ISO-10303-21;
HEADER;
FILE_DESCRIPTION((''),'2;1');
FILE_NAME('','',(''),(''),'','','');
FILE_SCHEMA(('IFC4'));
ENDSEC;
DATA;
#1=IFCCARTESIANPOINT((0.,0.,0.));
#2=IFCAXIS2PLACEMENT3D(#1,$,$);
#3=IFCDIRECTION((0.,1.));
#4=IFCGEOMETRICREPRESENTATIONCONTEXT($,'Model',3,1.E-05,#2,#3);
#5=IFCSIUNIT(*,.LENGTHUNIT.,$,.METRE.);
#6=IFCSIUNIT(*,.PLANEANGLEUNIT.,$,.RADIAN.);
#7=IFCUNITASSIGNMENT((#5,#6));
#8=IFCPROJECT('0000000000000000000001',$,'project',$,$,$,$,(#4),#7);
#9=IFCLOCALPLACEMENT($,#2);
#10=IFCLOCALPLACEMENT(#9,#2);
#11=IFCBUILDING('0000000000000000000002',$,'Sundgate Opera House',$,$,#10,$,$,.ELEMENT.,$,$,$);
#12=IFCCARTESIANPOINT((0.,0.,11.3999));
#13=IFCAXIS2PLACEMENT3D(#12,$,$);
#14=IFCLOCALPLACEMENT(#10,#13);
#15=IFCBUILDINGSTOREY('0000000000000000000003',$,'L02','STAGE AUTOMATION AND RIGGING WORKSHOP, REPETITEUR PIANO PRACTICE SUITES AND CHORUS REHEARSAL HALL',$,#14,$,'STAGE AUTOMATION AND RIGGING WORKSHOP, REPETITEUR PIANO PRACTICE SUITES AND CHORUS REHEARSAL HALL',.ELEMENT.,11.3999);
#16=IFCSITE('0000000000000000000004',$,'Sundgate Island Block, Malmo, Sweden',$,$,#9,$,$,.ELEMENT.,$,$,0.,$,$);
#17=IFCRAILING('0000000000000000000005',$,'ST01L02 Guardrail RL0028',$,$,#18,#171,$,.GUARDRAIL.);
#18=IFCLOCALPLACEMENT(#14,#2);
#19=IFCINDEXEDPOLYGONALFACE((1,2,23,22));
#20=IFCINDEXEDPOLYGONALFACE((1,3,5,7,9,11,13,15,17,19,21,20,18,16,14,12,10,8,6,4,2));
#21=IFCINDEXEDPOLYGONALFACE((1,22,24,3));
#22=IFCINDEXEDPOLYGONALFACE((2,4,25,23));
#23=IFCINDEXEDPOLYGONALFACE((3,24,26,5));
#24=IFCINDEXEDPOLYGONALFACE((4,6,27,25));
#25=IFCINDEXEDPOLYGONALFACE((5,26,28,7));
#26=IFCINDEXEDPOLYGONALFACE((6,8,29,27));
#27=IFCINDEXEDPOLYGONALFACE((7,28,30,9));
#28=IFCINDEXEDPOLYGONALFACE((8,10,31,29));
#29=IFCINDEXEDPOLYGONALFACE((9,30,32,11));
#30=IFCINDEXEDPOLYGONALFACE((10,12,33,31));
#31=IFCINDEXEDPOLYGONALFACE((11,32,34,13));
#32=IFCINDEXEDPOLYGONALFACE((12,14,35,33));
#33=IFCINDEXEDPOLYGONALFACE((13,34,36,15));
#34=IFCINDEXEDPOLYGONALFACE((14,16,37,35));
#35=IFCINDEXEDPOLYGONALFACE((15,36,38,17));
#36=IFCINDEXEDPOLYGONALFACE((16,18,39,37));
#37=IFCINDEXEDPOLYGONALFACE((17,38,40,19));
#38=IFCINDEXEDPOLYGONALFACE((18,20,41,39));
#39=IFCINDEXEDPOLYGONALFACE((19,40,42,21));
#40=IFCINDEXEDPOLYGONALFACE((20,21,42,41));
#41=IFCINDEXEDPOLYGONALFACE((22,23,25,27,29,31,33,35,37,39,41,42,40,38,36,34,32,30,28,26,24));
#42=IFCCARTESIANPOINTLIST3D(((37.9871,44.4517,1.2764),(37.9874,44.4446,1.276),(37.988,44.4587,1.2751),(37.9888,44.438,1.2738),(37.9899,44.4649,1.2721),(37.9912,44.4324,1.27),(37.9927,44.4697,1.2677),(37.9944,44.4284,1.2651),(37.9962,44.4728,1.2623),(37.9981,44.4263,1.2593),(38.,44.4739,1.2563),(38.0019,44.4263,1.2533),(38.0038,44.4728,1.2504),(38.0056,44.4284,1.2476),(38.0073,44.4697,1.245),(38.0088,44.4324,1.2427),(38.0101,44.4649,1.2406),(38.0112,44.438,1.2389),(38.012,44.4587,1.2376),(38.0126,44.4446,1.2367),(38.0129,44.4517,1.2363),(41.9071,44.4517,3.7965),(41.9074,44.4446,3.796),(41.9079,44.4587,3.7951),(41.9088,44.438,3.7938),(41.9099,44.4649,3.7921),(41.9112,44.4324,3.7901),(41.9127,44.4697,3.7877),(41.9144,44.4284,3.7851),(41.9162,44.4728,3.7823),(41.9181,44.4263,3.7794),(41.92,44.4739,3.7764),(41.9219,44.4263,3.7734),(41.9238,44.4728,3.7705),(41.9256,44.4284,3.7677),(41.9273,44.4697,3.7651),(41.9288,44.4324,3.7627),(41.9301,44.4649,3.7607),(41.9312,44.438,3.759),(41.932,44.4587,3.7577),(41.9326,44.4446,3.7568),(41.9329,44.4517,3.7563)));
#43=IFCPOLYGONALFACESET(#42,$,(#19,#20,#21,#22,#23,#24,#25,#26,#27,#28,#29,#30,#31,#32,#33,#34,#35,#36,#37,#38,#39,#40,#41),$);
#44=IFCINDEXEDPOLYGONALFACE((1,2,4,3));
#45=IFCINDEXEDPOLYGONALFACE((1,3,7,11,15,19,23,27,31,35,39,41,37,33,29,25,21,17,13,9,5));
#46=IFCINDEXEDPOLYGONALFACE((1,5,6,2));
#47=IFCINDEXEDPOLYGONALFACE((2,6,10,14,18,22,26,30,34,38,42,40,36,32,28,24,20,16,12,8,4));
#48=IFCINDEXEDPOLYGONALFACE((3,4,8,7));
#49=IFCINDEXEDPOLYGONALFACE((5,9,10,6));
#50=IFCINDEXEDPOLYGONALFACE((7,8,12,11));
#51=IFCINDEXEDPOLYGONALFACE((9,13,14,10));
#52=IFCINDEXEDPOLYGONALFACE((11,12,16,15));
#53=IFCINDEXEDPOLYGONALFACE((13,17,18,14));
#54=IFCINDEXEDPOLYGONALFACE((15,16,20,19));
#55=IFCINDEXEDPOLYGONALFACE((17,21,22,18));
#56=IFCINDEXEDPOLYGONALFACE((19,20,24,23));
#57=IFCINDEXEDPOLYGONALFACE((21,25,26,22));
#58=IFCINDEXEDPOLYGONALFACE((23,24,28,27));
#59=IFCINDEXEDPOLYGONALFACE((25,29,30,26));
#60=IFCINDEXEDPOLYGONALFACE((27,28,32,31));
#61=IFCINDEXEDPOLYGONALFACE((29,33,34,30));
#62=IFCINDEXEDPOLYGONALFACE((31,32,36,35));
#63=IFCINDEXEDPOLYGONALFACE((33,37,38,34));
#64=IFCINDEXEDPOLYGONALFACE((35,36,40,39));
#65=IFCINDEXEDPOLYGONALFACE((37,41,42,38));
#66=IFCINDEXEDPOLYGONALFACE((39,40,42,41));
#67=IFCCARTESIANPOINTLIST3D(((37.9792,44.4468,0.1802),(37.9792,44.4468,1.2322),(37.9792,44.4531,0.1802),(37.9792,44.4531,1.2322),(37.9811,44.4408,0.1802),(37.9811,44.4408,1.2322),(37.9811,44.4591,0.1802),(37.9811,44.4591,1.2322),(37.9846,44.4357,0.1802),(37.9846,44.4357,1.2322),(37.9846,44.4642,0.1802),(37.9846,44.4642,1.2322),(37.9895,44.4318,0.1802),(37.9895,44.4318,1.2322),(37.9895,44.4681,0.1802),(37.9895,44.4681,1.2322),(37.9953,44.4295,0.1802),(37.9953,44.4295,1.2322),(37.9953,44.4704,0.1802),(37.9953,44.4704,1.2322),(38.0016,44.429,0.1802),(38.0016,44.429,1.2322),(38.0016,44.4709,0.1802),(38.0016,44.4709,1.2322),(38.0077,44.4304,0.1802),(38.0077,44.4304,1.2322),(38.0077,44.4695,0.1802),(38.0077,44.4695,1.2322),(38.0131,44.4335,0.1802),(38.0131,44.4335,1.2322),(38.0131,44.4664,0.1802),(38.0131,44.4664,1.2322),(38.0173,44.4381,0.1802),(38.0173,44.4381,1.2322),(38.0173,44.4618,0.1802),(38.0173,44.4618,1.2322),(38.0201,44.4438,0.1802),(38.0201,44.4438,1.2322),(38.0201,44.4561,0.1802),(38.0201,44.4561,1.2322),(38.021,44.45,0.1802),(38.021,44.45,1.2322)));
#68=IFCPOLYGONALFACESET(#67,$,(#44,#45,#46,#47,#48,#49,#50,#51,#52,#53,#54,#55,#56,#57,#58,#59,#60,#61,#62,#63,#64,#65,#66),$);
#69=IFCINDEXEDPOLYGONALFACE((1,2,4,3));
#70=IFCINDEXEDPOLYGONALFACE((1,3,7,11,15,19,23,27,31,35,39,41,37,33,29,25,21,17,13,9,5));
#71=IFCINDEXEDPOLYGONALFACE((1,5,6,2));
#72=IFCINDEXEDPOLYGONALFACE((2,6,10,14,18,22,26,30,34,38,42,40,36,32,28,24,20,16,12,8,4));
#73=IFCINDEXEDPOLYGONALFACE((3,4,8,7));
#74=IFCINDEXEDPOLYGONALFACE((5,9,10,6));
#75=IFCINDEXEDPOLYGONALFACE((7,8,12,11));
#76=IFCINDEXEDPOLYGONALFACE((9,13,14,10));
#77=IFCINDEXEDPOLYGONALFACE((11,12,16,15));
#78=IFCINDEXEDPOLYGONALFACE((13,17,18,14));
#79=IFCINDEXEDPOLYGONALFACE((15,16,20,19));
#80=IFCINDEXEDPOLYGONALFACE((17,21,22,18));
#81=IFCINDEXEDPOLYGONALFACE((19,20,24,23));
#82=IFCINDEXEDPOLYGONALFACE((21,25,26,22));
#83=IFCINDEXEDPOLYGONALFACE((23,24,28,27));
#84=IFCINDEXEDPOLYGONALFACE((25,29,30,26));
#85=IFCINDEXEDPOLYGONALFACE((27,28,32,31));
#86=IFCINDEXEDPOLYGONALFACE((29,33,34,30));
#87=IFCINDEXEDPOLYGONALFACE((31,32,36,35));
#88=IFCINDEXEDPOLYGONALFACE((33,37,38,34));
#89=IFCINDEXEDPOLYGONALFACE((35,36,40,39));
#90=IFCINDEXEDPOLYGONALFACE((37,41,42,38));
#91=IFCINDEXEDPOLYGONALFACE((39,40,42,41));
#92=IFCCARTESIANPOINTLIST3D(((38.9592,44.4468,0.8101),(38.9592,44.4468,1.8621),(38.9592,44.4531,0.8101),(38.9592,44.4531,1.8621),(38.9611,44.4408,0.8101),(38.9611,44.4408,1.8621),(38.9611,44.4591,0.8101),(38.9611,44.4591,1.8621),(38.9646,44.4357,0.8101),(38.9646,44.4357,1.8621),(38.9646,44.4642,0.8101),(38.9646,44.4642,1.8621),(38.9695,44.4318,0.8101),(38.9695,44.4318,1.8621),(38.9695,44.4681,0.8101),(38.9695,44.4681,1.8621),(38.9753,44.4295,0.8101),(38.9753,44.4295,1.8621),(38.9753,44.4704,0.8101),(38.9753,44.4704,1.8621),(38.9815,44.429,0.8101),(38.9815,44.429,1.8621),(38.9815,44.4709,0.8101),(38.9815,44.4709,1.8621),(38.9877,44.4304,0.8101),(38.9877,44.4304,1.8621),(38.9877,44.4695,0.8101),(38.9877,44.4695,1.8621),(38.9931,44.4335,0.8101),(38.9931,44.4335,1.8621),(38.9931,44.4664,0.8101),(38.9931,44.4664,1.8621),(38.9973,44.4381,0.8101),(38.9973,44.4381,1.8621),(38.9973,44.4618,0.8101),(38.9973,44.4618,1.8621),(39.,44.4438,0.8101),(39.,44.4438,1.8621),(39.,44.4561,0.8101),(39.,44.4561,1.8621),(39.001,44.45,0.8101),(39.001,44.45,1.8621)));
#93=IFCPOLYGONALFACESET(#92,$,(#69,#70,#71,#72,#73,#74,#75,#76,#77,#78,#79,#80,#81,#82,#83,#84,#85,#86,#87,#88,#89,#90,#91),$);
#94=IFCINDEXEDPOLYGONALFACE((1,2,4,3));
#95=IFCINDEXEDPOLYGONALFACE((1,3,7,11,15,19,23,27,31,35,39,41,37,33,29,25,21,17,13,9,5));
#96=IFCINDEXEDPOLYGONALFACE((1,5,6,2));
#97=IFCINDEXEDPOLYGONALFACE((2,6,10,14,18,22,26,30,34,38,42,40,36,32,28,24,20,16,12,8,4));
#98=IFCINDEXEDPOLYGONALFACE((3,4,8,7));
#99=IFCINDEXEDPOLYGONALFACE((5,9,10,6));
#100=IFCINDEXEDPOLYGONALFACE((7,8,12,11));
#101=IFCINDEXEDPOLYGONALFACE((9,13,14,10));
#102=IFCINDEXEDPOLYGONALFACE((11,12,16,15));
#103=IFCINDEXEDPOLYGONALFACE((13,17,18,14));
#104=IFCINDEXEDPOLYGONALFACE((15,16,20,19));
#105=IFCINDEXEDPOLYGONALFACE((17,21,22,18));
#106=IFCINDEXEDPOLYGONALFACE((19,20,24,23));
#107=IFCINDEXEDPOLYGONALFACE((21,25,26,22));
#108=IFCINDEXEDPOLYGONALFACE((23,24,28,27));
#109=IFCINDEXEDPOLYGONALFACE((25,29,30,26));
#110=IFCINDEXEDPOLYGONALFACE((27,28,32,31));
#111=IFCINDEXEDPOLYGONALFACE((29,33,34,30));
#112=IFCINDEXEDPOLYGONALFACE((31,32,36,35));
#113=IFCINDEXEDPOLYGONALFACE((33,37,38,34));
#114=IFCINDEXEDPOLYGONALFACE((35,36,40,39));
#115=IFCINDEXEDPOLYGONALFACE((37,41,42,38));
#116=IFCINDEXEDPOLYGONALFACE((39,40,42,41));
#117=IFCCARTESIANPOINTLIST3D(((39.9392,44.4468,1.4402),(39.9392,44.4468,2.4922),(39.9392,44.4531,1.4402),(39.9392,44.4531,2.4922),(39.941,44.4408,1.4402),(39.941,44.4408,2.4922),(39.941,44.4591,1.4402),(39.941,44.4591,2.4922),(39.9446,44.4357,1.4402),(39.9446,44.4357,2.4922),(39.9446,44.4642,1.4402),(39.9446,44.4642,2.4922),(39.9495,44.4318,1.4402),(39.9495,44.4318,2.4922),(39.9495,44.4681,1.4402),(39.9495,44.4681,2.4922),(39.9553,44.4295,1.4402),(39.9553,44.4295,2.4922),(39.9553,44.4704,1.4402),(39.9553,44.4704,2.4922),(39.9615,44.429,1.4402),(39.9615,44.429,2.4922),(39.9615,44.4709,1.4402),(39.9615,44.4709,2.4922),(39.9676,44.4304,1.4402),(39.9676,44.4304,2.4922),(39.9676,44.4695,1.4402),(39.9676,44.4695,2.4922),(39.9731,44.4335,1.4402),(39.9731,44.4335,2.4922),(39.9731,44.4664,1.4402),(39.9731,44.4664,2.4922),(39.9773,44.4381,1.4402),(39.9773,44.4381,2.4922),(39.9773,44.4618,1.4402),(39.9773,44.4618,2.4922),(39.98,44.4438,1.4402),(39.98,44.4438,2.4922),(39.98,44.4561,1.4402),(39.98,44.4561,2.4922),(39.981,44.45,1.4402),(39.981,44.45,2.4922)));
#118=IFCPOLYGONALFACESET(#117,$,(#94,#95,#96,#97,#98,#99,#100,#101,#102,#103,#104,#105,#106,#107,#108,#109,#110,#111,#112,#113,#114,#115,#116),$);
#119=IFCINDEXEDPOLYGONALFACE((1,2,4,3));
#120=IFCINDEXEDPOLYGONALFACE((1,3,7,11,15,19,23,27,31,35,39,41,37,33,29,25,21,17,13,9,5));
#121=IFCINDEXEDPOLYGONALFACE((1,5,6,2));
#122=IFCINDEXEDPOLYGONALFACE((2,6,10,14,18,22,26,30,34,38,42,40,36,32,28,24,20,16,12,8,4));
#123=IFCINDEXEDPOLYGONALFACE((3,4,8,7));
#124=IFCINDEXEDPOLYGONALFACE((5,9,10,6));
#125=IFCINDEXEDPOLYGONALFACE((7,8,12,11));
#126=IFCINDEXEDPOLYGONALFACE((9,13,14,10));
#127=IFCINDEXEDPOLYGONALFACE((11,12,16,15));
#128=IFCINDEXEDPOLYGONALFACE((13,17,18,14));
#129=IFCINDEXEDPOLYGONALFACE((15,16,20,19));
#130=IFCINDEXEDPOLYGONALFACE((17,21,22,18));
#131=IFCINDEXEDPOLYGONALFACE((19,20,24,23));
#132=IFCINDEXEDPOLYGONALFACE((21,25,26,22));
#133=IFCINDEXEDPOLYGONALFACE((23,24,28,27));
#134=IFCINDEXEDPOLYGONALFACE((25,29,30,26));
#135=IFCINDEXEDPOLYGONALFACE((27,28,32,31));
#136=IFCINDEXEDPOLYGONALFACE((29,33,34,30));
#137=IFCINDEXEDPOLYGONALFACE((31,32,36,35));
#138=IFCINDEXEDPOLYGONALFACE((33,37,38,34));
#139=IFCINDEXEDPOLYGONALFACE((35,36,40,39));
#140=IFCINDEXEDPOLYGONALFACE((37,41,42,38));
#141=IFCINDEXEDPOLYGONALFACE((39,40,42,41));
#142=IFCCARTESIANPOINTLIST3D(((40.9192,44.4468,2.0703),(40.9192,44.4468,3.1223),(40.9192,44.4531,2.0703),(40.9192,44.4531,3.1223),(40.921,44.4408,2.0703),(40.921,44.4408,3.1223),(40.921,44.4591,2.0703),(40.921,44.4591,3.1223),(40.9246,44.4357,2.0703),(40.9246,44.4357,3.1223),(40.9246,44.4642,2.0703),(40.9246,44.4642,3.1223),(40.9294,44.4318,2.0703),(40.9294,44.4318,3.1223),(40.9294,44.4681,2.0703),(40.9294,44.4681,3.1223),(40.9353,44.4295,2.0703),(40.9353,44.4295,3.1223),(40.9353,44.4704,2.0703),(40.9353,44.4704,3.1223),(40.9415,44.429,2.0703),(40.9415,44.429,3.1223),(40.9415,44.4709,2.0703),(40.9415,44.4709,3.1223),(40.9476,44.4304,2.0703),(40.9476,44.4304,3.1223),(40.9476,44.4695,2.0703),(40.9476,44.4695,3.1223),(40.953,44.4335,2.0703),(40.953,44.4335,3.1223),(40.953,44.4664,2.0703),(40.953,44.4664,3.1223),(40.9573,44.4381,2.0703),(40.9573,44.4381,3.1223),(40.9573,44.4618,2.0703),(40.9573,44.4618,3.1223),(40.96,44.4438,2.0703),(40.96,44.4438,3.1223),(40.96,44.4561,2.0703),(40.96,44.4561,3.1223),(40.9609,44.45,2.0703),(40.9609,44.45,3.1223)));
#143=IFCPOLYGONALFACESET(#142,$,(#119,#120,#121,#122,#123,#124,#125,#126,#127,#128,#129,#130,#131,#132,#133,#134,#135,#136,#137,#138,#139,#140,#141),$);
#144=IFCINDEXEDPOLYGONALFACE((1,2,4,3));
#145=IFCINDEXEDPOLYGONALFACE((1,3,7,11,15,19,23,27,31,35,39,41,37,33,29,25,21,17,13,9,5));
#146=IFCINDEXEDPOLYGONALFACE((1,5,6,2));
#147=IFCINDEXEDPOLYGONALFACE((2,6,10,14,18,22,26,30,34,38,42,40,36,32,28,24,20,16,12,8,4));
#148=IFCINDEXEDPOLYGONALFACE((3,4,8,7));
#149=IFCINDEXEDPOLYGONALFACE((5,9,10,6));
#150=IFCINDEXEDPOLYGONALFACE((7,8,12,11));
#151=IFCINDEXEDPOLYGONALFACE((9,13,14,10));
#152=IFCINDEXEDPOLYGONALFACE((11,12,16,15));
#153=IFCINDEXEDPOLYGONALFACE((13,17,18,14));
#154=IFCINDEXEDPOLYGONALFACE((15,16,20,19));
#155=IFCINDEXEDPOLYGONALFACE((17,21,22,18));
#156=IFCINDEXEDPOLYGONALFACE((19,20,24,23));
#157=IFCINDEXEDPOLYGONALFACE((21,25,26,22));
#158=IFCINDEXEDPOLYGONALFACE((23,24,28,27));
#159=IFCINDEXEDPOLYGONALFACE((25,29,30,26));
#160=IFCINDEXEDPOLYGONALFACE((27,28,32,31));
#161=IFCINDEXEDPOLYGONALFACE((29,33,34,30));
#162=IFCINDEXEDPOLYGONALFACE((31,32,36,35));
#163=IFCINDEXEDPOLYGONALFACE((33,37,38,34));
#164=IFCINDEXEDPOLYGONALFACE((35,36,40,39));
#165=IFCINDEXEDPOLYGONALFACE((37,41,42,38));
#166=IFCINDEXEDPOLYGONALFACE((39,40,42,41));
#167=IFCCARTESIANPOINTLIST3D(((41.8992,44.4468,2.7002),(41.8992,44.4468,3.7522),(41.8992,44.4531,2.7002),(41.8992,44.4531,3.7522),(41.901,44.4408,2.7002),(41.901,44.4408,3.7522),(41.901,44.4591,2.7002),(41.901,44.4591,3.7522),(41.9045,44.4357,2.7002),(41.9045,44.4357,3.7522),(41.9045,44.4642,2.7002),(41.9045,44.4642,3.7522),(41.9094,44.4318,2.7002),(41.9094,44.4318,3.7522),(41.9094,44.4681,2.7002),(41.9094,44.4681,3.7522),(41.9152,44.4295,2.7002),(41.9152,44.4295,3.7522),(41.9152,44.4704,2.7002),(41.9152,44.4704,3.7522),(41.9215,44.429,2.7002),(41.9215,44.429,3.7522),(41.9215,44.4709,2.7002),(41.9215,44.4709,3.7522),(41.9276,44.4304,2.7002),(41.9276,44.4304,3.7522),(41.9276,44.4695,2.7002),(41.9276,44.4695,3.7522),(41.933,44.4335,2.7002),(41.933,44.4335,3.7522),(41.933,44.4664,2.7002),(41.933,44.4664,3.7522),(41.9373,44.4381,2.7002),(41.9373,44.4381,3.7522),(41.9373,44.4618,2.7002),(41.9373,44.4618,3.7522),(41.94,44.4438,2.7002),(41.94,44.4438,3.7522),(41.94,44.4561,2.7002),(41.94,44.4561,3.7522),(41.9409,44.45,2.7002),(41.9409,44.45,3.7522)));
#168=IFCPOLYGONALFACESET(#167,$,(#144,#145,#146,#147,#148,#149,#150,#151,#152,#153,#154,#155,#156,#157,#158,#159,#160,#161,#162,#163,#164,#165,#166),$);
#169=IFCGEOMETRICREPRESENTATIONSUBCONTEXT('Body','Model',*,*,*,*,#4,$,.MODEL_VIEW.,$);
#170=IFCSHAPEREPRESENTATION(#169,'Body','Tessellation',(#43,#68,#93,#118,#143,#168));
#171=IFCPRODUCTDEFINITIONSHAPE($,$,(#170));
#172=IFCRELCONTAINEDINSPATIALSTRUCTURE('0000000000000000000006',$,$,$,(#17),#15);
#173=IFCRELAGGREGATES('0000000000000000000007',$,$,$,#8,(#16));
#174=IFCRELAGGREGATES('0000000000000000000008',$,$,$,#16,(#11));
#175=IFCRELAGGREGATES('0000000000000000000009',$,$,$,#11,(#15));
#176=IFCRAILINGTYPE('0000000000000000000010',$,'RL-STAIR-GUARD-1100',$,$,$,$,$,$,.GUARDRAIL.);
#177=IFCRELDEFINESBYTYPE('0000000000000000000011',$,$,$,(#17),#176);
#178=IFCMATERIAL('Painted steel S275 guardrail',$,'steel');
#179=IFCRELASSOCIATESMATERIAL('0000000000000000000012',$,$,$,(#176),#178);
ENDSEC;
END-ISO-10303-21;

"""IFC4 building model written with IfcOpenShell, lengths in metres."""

from ifc_helpers import new_model, si_unit, direction, frame, origin, origin_2d, place, context, subcontext, project, spatial, circle, extrude, material, type_object, element, save


model = new_model("IFC4")

# Units and contexts
model_context = context("Model", 3, precision=1e-05, world=origin(), true_north=direction((0.0, 1.0)))
body_context = subcontext(model_context, "Body", "Model", "MODEL_VIEW")
ifc_project = project(units=[si_unit("LENGTHUNIT", "METRE"), si_unit("PLANEANGLEUNIT", "RADIAN")], contexts=[model_context])

# Site, building, storey
site_placement = place(None, origin())
site = spatial("IfcSite", under=ifc_project, at=site_placement, Name="Sundgate Island Block, Malmo, Sweden", CompositionType="ELEMENT", RefElevation=0.0)
building_placement = place(site_placement, origin())
building = spatial("IfcBuilding", under=site, at=building_placement, Name="Sundgate Opera House", CompositionType="ELEMENT")
storey_placement = place(building_placement, frame((0.0, 0.0, 11.3999)))
storey = spatial("IfcBuildingStorey", under=building, at=storey_placement, Name="L02", Description="STAGE AUTOMATION AND RIGGING WORKSHOP, REPETITEUR PIANO PRACTICE SUITES AND CHORUS REHEARSAL HALL", LongName="STAGE AUTOMATION AND RIGGING WORKSHOP, REPETITEUR PIANO PRACTICE SUITES AND CHORUS REHEARSAL HALL", CompositionType="ELEMENT", Elevation=11.3999)

# Railing
ifc_material_1 = material(Name="Painted steel S275 guardrail", Category="steel")
railing_type_1 = type_object("IfcRailingType", Name="RL-STAIR-GUARD-1100", PredefinedType="GUARDRAIL", material=ifc_material_1)
railing_1_placement = place(storey_placement, frame((38.0, 44.45, 0.1802)))
element("IfcRailing", 1, at=railing_1_placement, inside=storey, type_object=railing_type_1, Name="ST01L02 Guardrail RL0028", PredefinedType="GUARDRAIL", context=body_context, shape_type="SweptSolid", body=[
    extrude(circle(Radius=0.0239, at=origin_2d()), frame((0.0, 0.0, 1.0762), z_axis=(0.841172, 0.0, 0.540768), x_axis=(0.0, 1.0, 0.0)), (0.0, 0.0, 1.0), 4.6602),
    extrude(circle(Radius=0.021, at=origin_2d()), origin(), (0.0, 0.0, 1.0), 1.052),
    extrude(circle(Radius=0.021, at=origin_2d()), frame((0.98, 0.0, 0.6299)), (0.0, 0.0, 1.0), 1.052),
    extrude(circle(Radius=0.021, at=origin_2d()), frame((1.96, 0.0, 1.26)), (0.0, 0.0, 1.0), 1.052),
    extrude(circle(Radius=0.021, at=origin_2d()), frame((2.9399, 0.0, 1.8901)), (0.0, 0.0, 1.0), 1.052),
    extrude(circle(Radius=0.021, at=origin_2d()), frame((3.9199, 0.0, 2.52)), (0.0, 0.0, 1.0), 1.052),
])

save(model, "model.ifc")
